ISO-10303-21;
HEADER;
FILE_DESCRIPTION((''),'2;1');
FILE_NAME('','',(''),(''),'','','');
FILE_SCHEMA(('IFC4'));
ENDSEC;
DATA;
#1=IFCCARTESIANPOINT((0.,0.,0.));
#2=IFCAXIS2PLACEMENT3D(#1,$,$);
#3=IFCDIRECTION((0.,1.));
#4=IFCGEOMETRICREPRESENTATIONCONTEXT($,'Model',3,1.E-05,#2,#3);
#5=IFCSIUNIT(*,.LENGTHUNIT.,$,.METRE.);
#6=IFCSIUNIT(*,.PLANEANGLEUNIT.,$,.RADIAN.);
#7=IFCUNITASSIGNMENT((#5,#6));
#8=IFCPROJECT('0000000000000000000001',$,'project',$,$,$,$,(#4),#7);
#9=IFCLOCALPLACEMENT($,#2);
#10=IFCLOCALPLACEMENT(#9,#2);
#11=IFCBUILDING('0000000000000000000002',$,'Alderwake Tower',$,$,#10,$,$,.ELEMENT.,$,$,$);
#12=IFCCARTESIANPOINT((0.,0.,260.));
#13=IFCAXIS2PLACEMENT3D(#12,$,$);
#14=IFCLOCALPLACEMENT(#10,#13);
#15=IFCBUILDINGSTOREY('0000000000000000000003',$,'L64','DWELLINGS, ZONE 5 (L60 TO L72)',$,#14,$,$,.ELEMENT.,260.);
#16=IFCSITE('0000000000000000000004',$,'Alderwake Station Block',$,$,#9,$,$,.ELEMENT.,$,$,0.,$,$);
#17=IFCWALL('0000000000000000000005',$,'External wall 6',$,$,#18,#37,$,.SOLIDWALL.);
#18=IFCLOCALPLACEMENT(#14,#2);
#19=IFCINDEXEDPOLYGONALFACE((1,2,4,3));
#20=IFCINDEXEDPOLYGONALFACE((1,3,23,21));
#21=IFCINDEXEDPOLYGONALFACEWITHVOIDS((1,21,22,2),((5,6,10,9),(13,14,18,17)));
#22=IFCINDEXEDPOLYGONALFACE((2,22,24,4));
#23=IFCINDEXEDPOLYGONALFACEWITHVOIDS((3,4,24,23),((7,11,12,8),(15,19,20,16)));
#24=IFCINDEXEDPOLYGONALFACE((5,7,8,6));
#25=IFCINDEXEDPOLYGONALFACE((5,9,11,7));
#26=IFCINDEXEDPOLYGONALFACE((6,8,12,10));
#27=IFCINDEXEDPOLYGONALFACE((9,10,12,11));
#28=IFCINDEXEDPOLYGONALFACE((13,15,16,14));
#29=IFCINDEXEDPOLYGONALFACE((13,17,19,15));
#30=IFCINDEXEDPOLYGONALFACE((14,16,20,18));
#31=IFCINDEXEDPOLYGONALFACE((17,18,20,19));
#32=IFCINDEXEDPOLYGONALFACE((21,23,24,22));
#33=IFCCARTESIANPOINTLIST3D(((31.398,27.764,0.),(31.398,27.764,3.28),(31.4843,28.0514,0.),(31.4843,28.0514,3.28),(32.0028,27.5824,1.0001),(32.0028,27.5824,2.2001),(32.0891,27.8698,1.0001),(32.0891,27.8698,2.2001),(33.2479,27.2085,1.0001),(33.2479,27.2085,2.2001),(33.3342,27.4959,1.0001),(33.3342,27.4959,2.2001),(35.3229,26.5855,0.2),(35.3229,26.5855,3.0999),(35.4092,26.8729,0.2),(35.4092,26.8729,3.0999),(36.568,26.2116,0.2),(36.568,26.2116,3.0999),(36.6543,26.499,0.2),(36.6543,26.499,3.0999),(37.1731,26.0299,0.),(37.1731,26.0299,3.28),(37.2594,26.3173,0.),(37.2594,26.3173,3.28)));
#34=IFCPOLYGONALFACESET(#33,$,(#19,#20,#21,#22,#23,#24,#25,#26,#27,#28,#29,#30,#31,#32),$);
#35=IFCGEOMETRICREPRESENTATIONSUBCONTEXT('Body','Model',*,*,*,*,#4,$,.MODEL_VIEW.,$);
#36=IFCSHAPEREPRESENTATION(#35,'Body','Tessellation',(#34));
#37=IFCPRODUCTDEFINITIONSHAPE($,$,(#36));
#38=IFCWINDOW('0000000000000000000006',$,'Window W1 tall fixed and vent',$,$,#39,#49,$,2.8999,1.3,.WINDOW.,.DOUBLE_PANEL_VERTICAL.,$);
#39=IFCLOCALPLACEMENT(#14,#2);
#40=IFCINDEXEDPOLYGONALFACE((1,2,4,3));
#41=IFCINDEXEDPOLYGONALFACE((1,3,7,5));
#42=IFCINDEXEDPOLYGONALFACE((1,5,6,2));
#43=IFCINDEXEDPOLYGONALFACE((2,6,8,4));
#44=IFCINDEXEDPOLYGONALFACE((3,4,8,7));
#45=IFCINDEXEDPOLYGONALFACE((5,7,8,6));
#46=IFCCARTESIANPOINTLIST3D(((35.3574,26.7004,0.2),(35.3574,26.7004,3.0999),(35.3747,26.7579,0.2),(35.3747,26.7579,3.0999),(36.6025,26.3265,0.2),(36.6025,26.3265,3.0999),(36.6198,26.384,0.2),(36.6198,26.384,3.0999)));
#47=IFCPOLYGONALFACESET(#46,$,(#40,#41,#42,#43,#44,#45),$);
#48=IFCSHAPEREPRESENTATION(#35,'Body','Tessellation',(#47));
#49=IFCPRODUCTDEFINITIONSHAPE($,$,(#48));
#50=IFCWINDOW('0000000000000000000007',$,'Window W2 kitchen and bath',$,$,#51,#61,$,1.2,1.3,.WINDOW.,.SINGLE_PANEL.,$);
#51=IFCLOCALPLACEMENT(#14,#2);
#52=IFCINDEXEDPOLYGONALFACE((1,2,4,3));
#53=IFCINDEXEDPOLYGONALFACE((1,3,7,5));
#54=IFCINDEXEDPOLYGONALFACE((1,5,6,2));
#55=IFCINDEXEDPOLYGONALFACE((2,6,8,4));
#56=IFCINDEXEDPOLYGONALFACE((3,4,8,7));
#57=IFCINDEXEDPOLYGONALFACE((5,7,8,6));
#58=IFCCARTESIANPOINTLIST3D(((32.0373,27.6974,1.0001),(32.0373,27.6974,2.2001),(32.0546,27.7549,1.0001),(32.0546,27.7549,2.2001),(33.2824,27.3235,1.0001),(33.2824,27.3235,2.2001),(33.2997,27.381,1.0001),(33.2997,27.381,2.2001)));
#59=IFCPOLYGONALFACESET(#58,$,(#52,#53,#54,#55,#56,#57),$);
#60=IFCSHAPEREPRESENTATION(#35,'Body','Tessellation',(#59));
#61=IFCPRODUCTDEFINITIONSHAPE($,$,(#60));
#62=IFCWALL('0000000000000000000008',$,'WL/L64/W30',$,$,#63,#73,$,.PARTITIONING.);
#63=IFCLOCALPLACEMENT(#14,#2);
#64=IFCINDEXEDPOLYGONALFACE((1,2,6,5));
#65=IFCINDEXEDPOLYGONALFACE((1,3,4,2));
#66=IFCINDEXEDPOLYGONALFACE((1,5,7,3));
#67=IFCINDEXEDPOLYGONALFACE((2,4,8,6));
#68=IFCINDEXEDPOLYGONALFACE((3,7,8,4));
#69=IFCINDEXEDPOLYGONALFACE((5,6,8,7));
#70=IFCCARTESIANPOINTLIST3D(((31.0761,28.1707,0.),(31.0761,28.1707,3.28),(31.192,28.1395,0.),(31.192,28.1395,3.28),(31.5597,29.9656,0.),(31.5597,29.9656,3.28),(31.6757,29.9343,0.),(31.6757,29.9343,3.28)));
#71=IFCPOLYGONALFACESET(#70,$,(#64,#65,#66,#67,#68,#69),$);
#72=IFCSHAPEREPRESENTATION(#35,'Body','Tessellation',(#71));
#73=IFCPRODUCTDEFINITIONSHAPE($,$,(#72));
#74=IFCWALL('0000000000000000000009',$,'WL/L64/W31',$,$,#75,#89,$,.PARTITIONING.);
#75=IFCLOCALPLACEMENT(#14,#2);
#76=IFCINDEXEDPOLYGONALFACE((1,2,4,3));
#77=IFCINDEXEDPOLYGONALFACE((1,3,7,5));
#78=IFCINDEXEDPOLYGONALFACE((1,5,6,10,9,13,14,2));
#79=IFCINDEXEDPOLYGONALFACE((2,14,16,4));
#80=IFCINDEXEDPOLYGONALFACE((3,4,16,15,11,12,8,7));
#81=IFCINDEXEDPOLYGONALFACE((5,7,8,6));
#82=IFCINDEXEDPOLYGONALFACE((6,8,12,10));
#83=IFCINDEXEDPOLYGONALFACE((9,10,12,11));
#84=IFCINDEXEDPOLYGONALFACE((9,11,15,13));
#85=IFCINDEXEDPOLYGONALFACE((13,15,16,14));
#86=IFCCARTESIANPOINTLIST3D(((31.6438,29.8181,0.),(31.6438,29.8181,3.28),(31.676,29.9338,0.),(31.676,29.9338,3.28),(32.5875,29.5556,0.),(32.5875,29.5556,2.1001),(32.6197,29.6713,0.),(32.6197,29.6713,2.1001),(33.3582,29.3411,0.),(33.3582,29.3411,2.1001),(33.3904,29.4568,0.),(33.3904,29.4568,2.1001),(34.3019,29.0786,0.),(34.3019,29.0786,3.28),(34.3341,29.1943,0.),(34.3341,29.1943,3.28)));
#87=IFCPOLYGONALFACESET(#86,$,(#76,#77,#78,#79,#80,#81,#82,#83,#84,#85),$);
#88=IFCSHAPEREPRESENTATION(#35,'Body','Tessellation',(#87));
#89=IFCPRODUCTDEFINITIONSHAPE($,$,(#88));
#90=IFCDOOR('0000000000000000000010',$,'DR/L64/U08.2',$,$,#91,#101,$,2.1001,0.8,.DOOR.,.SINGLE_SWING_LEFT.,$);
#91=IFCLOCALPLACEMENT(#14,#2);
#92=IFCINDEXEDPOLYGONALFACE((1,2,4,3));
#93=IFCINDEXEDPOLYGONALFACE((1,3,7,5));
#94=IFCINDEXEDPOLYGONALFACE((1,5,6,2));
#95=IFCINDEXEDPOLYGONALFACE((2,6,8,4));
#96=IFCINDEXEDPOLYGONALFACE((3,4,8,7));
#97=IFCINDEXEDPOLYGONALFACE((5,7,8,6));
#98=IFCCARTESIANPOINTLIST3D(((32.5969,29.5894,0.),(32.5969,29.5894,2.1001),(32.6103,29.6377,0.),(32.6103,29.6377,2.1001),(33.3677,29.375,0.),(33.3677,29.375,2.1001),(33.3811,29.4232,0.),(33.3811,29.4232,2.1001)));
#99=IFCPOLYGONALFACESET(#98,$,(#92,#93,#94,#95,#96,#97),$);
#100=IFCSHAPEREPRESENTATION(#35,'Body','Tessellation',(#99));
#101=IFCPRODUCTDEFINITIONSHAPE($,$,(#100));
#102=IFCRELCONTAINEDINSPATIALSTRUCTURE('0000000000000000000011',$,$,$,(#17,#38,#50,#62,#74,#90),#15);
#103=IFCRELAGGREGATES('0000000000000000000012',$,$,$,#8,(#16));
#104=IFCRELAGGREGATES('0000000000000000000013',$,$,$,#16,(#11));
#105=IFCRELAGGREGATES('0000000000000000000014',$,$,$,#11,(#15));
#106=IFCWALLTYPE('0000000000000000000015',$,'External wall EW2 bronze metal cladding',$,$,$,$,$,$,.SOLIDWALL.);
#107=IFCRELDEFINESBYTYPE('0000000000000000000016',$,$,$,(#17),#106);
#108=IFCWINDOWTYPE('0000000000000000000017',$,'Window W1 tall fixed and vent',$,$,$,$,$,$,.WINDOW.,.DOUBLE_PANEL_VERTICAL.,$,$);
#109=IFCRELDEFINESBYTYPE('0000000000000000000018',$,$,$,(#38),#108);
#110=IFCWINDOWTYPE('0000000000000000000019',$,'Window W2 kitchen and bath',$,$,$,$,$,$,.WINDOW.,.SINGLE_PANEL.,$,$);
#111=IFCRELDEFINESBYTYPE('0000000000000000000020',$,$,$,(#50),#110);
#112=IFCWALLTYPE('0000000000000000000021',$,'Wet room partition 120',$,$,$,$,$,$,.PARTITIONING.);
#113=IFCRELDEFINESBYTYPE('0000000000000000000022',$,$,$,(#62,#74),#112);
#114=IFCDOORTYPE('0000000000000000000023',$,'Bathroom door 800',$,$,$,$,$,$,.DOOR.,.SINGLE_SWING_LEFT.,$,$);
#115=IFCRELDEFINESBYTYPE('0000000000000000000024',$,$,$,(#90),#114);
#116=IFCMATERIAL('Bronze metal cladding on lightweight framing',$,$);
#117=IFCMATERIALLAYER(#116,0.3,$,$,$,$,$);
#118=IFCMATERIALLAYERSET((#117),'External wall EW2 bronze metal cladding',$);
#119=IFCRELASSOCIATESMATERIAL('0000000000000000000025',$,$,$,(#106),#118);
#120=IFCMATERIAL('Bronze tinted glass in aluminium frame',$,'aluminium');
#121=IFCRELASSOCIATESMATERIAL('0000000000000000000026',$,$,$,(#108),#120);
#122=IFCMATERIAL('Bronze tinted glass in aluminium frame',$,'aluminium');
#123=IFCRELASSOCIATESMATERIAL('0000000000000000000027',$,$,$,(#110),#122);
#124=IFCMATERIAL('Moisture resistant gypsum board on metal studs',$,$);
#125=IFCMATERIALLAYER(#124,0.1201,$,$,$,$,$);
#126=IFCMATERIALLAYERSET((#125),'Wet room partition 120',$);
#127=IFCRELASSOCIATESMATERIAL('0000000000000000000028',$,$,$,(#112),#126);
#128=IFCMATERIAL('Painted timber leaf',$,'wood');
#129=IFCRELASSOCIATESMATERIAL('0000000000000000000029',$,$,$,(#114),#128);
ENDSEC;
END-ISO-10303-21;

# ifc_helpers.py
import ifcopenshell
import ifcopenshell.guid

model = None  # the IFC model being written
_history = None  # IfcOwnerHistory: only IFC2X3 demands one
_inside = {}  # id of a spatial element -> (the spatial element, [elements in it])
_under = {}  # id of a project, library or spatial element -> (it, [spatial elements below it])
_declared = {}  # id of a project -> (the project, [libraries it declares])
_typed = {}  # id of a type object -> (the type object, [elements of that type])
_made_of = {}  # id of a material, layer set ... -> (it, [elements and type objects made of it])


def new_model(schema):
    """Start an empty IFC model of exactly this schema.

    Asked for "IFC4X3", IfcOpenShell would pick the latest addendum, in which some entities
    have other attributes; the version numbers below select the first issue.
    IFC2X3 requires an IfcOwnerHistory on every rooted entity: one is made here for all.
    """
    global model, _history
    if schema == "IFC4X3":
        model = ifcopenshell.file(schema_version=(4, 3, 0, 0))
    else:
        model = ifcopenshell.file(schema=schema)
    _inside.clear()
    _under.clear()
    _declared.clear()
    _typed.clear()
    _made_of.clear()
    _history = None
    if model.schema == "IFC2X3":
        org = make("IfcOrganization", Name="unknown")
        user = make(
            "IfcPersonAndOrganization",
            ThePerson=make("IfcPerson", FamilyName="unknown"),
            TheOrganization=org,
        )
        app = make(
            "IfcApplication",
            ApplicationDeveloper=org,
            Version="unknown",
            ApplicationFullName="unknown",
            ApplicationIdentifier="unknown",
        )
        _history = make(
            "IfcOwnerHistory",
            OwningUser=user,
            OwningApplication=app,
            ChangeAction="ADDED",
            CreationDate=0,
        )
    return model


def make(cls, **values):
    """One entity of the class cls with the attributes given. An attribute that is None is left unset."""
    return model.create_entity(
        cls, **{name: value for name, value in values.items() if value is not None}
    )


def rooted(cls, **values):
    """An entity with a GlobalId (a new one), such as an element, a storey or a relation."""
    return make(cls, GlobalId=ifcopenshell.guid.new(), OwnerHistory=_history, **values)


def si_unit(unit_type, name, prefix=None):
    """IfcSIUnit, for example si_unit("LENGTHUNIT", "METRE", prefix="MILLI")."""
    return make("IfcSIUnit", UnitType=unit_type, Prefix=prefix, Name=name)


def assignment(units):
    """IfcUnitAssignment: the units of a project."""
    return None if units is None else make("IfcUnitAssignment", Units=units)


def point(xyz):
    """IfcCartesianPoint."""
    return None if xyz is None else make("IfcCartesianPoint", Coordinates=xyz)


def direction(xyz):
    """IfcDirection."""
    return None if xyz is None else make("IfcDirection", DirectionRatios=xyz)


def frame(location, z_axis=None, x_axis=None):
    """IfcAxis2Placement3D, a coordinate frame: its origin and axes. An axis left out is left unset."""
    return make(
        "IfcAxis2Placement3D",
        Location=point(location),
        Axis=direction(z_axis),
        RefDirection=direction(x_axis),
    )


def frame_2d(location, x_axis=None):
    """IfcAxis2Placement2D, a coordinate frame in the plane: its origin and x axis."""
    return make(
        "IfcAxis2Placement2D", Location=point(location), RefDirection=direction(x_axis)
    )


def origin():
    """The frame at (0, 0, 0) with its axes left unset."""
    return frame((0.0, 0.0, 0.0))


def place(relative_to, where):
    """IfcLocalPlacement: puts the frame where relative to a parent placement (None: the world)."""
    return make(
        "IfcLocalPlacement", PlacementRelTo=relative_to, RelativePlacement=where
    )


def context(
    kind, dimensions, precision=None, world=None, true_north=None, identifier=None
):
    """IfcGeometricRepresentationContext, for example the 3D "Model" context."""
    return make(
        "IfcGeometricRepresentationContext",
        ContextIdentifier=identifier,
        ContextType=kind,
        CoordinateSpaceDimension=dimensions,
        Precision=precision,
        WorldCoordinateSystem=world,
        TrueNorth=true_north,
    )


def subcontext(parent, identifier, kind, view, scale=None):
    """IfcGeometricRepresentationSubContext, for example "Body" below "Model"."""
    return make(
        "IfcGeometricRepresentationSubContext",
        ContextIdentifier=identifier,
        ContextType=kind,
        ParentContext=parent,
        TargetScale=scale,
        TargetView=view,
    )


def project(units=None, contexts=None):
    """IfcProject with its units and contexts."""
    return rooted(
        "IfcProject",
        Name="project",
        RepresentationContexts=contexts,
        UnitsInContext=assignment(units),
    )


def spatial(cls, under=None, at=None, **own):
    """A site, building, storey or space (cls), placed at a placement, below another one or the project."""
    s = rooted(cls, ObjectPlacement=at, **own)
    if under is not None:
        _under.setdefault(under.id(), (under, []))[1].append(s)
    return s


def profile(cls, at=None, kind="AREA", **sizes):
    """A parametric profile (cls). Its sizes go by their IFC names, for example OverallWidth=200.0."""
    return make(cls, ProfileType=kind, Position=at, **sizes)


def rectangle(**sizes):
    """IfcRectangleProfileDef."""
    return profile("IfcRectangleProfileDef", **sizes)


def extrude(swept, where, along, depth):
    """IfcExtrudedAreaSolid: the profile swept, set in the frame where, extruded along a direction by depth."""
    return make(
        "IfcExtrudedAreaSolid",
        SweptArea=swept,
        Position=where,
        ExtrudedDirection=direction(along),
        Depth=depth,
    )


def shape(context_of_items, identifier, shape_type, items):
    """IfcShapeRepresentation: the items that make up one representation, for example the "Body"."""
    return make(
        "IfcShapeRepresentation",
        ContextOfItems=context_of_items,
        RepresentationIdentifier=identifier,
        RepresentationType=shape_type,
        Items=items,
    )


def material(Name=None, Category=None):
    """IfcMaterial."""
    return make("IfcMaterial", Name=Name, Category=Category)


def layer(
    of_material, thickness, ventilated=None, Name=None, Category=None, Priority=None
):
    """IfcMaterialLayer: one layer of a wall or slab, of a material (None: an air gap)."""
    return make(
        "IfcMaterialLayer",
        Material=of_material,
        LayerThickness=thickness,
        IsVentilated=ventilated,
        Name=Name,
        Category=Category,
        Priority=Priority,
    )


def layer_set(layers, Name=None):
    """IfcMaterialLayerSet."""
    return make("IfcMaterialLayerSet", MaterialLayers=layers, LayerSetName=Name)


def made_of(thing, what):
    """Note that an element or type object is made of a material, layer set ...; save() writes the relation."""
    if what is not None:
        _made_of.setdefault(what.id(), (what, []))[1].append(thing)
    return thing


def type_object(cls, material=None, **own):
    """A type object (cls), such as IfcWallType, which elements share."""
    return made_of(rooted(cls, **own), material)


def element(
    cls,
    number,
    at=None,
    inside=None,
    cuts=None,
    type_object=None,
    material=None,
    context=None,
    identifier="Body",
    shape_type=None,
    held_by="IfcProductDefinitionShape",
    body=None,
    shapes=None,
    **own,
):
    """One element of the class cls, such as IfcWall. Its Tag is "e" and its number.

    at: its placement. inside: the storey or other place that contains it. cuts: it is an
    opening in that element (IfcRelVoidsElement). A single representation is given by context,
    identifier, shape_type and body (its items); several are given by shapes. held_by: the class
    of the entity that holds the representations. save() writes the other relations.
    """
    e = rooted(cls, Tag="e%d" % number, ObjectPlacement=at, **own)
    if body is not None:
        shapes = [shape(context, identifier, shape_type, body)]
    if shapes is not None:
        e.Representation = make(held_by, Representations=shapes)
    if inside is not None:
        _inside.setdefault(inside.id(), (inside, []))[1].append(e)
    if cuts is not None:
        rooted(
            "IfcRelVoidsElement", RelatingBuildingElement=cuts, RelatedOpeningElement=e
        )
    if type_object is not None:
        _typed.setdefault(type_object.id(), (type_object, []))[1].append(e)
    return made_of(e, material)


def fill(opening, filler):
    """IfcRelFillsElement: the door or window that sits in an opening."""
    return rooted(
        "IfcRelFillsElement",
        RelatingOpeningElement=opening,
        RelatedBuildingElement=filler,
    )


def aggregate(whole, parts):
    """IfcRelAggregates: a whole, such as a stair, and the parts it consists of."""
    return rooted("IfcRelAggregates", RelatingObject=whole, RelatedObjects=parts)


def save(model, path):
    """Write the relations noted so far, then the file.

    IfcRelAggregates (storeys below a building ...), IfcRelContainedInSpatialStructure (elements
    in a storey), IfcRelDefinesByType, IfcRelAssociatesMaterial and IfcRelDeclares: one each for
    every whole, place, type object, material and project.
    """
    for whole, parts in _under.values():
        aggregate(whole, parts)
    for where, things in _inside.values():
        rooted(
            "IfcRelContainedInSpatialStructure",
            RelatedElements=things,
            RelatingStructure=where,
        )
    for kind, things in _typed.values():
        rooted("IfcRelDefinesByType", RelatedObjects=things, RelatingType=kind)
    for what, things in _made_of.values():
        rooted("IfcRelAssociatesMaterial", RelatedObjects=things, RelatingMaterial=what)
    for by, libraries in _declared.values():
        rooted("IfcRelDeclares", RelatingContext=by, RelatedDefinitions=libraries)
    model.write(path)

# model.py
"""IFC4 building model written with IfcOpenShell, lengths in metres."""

from ifc_helpers import new_model, si_unit, direction, frame, frame_2d, origin, place, context, subcontext, project, spatial, rectangle, extrude, material, layer, layer_set, type_object, element, fill, save


model = new_model("IFC4")

# Units and contexts
model_context = context("Model", 3, precision=1e-05, world=origin(), true_north=direction((0.0, 1.0)))
body_context = subcontext(model_context, "Body", "Model", "MODEL_VIEW")
ifc_project = project(units=[si_unit("LENGTHUNIT", "METRE"), si_unit("PLANEANGLEUNIT", "RADIAN")], contexts=[model_context])

# Site, building, storey
site_placement = place(None, origin())
site = spatial("IfcSite", under=ifc_project, at=site_placement, Name="Alderwake Station Block", CompositionType="ELEMENT", RefElevation=0.0)
building_placement = place(site_placement, origin())
building = spatial("IfcBuilding", under=site, at=building_placement, Name="Alderwake Tower", CompositionType="ELEMENT")
storey_placement = place(building_placement, frame((0.0, 0.0, 260.0)))
storey = spatial("IfcBuildingStorey", under=building, at=storey_placement, Name="L64", Description="DWELLINGS, ZONE 5 (L60 TO L72)", CompositionType="ELEMENT", Elevation=260.0)

# Wall, openings, windows
ifc_material_1 = material(Name="Bronze metal cladding on lightweight framing")
ifc_layer_1 = layer(ifc_material_1, 0.3)
ifc_layer_set_1 = layer_set([ifc_layer_1], Name="External wall EW2 bronze metal cladding")
wall_type_1 = type_object("IfcWallType", Name="External wall EW2 bronze metal cladding", PredefinedType="SOLIDWALL", material=ifc_layer_set_1)
ifc_material_2 = material(Name="Bronze tinted glass in aluminium frame", Category="aluminium")
window_type_1 = type_object("IfcWindowType", Name="Window W1 tall fixed and vent", PartitioningType="DOUBLE_PANEL_VERTICAL", PredefinedType="WINDOW", material=ifc_material_2)
wall_1_placement = place(storey_placement, frame((31.4412, 27.9077, 0.0), z_axis=(0.0, 0.0, 1.0), x_axis=(0.957754, -0.287589, 0.0)))
wall_1 = element("IfcWall", 1, at=wall_1_placement, inside=storey, type_object=wall_type_1, Name="External wall 6", PredefinedType="SOLIDWALL", context=body_context, shape_type="SweptSolid", body=[
    extrude(rectangle(XDim=6.0298, YDim=0.3, at=frame_2d((3.0149, 0.0))), origin(), (0.0, 0.0, 1.0), 3.28),
])
opening_1_placement = place(wall_1_placement, frame((0.6316, 0.0, 1.0)))
opening_1 = element("IfcOpeningElement", 2, at=opening_1_placement, cuts=wall_1, PredefinedType="OPENING", context=body_context, shape_type="SweptSolid", body=[
    extrude(rectangle(XDim=1.3, YDim=1.2, at=frame_2d((0.6499, 0.6001))), frame((0.0, 0.1599, 0.0), z_axis=(0.0, -1.0, 0.0), x_axis=(1.0, 0.0, 0.0)), (0.0, 0.0, 1.0), 0.3201),
])
opening_2_placement = place(wall_1_placement, frame((4.0981, 0.0, 0.2)))
opening_2 = element("IfcOpeningElement", 3, at=opening_2_placement, cuts=wall_1, PredefinedType="OPENING", context=body_context, shape_type="SweptSolid", body=[
    extrude(rectangle(XDim=1.3, YDim=2.8999, at=frame_2d((0.6499, 1.45))), frame((0.0, 0.1599, 0.0), z_axis=(0.0, -1.0, 0.0), x_axis=(1.0, 0.0, 0.0)), (0.0, 0.0, 1.0), 0.3201),
])
window_1_placement = place(opening_2_placement, origin())
window_1 = element("IfcWindow", 4, at=window_1_placement, inside=storey, type_object=window_type_1, Name="Window W1 tall fixed and vent", OverallHeight=2.8999, OverallWidth=1.3, PartitioningType="DOUBLE_PANEL_VERTICAL", PredefinedType="WINDOW", context=body_context, shape_type="SweptSolid", body=[
    extrude(rectangle(XDim=1.3, YDim=2.8999, at=frame_2d((0.6499, 1.45))), frame((0.0, 0.03, 0.0), z_axis=(0.0, -1.0, 0.0), x_axis=(1.0, 0.0, 0.0)), (0.0, 0.0, 1.0), 0.0601),
])
fill(opening_2, window_1)
ifc_material_3 = material(Name="Bronze tinted glass in aluminium frame", Category="aluminium")
window_type_2 = type_object("IfcWindowType", Name="Window W2 kitchen and bath", PartitioningType="SINGLE_PANEL", PredefinedType="WINDOW", material=ifc_material_3)
window_2_placement = place(opening_1_placement, origin())
window_2 = element("IfcWindow", 5, at=window_2_placement, inside=storey, type_object=window_type_2, Name="Window W2 kitchen and bath", OverallHeight=1.2, OverallWidth=1.3, PartitioningType="SINGLE_PANEL", PredefinedType="WINDOW", context=body_context, shape_type="SweptSolid", body=[
    extrude(rectangle(XDim=1.3, YDim=1.2, at=frame_2d((0.6499, 0.6001))), frame((0.0, 0.03, 0.0), z_axis=(0.0, -1.0, 0.0), x_axis=(1.0, 0.0, 0.0)), (0.0, 0.0, 1.0), 0.0601),
])
fill(opening_1, window_2)

# Wall
ifc_material_4 = material(Name="Moisture resistant gypsum board on metal studs")
ifc_layer_2 = layer(ifc_material_4, 0.1201)
ifc_layer_set_2 = layer_set([ifc_layer_2], Name="Wet room partition 120")
wall_type_2 = type_object("IfcWallType", Name="Wet room partition 120", PredefinedType="PARTITIONING", material=ifc_layer_set_2)
wall_2_placement = place(storey_placement, frame((31.6177, 29.95, 0.0), z_axis=(0.0, 0.0, 1.0), x_axis=(-0.260171, -0.965562, 0.0)))
element("IfcWall", 6, at=wall_2_placement, inside=storey, type_object=wall_type_2, Name="WL/L64/W30", PredefinedType="PARTITIONING", context=body_context, shape_type="SweptSolid", body=[
    extrude(rectangle(XDim=1.8589, YDim=0.1201, at=frame_2d((0.9294, 0.0))), origin(), (0.0, 0.0, 1.0), 3.28),
])

# Wall, opening, door
wall_3_placement = place(storey_placement, frame((34.3179, 29.1365, 0.0), z_axis=(0.0, 0.0, 1.0), x_axis=(-0.963408, 0.268041, 0.0)))
wall_3 = element("IfcWall", 7, at=wall_3_placement, inside=storey, type_object=wall_type_2, Name="WL/L64/W31", PredefinedType="PARTITIONING", context=body_context, shape_type="SweptSolid", body=[
    extrude(rectangle(XDim=2.759, YDim=0.1201, at=frame_2d((1.3794, 0.0))), origin(), (0.0, 0.0, 1.0), 3.28),
])
opening_3_placement = place(wall_3_placement, frame((0.9795, 0.0, 0.0)))
opening_3 = element("IfcOpeningElement", 8, at=opening_3_placement, cuts=wall_3, PredefinedType="OPENING", context=body_context, shape_type="SweptSolid", body=[
    extrude(rectangle(XDim=0.8, YDim=2.1001, at=frame_2d((0.3999, 1.05))), frame((0.0, 0.0701, 0.0), z_axis=(0.0, -1.0, 0.0), x_axis=(1.0, 0.0, 0.0)), (0.0, 0.0, 1.0), 0.1401),
])
ifc_material_5 = material(Name="Painted timber leaf", Category="wood")
door_type_1 = type_object("IfcDoorType", Name="Bathroom door 800", OperationType="SINGLE_SWING_LEFT", PredefinedType="DOOR", material=ifc_material_5)
door_1_placement = place(opening_3_placement, origin())
door_1 = element("IfcDoor", 9, at=door_1_placement, inside=storey, type_object=door_type_1, Name="DR/L64/U08.2", OperationType="SINGLE_SWING_LEFT", OverallHeight=2.1001, OverallWidth=0.8, PredefinedType="DOOR", context=body_context, shape_type="SweptSolid", body=[
    extrude(rectangle(XDim=0.8, YDim=2.1001, at=frame_2d((0.3999, 1.05))), frame((0.0, 0.0249, 0.0), z_axis=(0.0, -1.0, 0.0), x_axis=(1.0, 0.0, 0.0)), (0.0, 0.0, 1.0), 0.05),
])
fill(opening_3, door_1)

save(model, "model.ifc")
